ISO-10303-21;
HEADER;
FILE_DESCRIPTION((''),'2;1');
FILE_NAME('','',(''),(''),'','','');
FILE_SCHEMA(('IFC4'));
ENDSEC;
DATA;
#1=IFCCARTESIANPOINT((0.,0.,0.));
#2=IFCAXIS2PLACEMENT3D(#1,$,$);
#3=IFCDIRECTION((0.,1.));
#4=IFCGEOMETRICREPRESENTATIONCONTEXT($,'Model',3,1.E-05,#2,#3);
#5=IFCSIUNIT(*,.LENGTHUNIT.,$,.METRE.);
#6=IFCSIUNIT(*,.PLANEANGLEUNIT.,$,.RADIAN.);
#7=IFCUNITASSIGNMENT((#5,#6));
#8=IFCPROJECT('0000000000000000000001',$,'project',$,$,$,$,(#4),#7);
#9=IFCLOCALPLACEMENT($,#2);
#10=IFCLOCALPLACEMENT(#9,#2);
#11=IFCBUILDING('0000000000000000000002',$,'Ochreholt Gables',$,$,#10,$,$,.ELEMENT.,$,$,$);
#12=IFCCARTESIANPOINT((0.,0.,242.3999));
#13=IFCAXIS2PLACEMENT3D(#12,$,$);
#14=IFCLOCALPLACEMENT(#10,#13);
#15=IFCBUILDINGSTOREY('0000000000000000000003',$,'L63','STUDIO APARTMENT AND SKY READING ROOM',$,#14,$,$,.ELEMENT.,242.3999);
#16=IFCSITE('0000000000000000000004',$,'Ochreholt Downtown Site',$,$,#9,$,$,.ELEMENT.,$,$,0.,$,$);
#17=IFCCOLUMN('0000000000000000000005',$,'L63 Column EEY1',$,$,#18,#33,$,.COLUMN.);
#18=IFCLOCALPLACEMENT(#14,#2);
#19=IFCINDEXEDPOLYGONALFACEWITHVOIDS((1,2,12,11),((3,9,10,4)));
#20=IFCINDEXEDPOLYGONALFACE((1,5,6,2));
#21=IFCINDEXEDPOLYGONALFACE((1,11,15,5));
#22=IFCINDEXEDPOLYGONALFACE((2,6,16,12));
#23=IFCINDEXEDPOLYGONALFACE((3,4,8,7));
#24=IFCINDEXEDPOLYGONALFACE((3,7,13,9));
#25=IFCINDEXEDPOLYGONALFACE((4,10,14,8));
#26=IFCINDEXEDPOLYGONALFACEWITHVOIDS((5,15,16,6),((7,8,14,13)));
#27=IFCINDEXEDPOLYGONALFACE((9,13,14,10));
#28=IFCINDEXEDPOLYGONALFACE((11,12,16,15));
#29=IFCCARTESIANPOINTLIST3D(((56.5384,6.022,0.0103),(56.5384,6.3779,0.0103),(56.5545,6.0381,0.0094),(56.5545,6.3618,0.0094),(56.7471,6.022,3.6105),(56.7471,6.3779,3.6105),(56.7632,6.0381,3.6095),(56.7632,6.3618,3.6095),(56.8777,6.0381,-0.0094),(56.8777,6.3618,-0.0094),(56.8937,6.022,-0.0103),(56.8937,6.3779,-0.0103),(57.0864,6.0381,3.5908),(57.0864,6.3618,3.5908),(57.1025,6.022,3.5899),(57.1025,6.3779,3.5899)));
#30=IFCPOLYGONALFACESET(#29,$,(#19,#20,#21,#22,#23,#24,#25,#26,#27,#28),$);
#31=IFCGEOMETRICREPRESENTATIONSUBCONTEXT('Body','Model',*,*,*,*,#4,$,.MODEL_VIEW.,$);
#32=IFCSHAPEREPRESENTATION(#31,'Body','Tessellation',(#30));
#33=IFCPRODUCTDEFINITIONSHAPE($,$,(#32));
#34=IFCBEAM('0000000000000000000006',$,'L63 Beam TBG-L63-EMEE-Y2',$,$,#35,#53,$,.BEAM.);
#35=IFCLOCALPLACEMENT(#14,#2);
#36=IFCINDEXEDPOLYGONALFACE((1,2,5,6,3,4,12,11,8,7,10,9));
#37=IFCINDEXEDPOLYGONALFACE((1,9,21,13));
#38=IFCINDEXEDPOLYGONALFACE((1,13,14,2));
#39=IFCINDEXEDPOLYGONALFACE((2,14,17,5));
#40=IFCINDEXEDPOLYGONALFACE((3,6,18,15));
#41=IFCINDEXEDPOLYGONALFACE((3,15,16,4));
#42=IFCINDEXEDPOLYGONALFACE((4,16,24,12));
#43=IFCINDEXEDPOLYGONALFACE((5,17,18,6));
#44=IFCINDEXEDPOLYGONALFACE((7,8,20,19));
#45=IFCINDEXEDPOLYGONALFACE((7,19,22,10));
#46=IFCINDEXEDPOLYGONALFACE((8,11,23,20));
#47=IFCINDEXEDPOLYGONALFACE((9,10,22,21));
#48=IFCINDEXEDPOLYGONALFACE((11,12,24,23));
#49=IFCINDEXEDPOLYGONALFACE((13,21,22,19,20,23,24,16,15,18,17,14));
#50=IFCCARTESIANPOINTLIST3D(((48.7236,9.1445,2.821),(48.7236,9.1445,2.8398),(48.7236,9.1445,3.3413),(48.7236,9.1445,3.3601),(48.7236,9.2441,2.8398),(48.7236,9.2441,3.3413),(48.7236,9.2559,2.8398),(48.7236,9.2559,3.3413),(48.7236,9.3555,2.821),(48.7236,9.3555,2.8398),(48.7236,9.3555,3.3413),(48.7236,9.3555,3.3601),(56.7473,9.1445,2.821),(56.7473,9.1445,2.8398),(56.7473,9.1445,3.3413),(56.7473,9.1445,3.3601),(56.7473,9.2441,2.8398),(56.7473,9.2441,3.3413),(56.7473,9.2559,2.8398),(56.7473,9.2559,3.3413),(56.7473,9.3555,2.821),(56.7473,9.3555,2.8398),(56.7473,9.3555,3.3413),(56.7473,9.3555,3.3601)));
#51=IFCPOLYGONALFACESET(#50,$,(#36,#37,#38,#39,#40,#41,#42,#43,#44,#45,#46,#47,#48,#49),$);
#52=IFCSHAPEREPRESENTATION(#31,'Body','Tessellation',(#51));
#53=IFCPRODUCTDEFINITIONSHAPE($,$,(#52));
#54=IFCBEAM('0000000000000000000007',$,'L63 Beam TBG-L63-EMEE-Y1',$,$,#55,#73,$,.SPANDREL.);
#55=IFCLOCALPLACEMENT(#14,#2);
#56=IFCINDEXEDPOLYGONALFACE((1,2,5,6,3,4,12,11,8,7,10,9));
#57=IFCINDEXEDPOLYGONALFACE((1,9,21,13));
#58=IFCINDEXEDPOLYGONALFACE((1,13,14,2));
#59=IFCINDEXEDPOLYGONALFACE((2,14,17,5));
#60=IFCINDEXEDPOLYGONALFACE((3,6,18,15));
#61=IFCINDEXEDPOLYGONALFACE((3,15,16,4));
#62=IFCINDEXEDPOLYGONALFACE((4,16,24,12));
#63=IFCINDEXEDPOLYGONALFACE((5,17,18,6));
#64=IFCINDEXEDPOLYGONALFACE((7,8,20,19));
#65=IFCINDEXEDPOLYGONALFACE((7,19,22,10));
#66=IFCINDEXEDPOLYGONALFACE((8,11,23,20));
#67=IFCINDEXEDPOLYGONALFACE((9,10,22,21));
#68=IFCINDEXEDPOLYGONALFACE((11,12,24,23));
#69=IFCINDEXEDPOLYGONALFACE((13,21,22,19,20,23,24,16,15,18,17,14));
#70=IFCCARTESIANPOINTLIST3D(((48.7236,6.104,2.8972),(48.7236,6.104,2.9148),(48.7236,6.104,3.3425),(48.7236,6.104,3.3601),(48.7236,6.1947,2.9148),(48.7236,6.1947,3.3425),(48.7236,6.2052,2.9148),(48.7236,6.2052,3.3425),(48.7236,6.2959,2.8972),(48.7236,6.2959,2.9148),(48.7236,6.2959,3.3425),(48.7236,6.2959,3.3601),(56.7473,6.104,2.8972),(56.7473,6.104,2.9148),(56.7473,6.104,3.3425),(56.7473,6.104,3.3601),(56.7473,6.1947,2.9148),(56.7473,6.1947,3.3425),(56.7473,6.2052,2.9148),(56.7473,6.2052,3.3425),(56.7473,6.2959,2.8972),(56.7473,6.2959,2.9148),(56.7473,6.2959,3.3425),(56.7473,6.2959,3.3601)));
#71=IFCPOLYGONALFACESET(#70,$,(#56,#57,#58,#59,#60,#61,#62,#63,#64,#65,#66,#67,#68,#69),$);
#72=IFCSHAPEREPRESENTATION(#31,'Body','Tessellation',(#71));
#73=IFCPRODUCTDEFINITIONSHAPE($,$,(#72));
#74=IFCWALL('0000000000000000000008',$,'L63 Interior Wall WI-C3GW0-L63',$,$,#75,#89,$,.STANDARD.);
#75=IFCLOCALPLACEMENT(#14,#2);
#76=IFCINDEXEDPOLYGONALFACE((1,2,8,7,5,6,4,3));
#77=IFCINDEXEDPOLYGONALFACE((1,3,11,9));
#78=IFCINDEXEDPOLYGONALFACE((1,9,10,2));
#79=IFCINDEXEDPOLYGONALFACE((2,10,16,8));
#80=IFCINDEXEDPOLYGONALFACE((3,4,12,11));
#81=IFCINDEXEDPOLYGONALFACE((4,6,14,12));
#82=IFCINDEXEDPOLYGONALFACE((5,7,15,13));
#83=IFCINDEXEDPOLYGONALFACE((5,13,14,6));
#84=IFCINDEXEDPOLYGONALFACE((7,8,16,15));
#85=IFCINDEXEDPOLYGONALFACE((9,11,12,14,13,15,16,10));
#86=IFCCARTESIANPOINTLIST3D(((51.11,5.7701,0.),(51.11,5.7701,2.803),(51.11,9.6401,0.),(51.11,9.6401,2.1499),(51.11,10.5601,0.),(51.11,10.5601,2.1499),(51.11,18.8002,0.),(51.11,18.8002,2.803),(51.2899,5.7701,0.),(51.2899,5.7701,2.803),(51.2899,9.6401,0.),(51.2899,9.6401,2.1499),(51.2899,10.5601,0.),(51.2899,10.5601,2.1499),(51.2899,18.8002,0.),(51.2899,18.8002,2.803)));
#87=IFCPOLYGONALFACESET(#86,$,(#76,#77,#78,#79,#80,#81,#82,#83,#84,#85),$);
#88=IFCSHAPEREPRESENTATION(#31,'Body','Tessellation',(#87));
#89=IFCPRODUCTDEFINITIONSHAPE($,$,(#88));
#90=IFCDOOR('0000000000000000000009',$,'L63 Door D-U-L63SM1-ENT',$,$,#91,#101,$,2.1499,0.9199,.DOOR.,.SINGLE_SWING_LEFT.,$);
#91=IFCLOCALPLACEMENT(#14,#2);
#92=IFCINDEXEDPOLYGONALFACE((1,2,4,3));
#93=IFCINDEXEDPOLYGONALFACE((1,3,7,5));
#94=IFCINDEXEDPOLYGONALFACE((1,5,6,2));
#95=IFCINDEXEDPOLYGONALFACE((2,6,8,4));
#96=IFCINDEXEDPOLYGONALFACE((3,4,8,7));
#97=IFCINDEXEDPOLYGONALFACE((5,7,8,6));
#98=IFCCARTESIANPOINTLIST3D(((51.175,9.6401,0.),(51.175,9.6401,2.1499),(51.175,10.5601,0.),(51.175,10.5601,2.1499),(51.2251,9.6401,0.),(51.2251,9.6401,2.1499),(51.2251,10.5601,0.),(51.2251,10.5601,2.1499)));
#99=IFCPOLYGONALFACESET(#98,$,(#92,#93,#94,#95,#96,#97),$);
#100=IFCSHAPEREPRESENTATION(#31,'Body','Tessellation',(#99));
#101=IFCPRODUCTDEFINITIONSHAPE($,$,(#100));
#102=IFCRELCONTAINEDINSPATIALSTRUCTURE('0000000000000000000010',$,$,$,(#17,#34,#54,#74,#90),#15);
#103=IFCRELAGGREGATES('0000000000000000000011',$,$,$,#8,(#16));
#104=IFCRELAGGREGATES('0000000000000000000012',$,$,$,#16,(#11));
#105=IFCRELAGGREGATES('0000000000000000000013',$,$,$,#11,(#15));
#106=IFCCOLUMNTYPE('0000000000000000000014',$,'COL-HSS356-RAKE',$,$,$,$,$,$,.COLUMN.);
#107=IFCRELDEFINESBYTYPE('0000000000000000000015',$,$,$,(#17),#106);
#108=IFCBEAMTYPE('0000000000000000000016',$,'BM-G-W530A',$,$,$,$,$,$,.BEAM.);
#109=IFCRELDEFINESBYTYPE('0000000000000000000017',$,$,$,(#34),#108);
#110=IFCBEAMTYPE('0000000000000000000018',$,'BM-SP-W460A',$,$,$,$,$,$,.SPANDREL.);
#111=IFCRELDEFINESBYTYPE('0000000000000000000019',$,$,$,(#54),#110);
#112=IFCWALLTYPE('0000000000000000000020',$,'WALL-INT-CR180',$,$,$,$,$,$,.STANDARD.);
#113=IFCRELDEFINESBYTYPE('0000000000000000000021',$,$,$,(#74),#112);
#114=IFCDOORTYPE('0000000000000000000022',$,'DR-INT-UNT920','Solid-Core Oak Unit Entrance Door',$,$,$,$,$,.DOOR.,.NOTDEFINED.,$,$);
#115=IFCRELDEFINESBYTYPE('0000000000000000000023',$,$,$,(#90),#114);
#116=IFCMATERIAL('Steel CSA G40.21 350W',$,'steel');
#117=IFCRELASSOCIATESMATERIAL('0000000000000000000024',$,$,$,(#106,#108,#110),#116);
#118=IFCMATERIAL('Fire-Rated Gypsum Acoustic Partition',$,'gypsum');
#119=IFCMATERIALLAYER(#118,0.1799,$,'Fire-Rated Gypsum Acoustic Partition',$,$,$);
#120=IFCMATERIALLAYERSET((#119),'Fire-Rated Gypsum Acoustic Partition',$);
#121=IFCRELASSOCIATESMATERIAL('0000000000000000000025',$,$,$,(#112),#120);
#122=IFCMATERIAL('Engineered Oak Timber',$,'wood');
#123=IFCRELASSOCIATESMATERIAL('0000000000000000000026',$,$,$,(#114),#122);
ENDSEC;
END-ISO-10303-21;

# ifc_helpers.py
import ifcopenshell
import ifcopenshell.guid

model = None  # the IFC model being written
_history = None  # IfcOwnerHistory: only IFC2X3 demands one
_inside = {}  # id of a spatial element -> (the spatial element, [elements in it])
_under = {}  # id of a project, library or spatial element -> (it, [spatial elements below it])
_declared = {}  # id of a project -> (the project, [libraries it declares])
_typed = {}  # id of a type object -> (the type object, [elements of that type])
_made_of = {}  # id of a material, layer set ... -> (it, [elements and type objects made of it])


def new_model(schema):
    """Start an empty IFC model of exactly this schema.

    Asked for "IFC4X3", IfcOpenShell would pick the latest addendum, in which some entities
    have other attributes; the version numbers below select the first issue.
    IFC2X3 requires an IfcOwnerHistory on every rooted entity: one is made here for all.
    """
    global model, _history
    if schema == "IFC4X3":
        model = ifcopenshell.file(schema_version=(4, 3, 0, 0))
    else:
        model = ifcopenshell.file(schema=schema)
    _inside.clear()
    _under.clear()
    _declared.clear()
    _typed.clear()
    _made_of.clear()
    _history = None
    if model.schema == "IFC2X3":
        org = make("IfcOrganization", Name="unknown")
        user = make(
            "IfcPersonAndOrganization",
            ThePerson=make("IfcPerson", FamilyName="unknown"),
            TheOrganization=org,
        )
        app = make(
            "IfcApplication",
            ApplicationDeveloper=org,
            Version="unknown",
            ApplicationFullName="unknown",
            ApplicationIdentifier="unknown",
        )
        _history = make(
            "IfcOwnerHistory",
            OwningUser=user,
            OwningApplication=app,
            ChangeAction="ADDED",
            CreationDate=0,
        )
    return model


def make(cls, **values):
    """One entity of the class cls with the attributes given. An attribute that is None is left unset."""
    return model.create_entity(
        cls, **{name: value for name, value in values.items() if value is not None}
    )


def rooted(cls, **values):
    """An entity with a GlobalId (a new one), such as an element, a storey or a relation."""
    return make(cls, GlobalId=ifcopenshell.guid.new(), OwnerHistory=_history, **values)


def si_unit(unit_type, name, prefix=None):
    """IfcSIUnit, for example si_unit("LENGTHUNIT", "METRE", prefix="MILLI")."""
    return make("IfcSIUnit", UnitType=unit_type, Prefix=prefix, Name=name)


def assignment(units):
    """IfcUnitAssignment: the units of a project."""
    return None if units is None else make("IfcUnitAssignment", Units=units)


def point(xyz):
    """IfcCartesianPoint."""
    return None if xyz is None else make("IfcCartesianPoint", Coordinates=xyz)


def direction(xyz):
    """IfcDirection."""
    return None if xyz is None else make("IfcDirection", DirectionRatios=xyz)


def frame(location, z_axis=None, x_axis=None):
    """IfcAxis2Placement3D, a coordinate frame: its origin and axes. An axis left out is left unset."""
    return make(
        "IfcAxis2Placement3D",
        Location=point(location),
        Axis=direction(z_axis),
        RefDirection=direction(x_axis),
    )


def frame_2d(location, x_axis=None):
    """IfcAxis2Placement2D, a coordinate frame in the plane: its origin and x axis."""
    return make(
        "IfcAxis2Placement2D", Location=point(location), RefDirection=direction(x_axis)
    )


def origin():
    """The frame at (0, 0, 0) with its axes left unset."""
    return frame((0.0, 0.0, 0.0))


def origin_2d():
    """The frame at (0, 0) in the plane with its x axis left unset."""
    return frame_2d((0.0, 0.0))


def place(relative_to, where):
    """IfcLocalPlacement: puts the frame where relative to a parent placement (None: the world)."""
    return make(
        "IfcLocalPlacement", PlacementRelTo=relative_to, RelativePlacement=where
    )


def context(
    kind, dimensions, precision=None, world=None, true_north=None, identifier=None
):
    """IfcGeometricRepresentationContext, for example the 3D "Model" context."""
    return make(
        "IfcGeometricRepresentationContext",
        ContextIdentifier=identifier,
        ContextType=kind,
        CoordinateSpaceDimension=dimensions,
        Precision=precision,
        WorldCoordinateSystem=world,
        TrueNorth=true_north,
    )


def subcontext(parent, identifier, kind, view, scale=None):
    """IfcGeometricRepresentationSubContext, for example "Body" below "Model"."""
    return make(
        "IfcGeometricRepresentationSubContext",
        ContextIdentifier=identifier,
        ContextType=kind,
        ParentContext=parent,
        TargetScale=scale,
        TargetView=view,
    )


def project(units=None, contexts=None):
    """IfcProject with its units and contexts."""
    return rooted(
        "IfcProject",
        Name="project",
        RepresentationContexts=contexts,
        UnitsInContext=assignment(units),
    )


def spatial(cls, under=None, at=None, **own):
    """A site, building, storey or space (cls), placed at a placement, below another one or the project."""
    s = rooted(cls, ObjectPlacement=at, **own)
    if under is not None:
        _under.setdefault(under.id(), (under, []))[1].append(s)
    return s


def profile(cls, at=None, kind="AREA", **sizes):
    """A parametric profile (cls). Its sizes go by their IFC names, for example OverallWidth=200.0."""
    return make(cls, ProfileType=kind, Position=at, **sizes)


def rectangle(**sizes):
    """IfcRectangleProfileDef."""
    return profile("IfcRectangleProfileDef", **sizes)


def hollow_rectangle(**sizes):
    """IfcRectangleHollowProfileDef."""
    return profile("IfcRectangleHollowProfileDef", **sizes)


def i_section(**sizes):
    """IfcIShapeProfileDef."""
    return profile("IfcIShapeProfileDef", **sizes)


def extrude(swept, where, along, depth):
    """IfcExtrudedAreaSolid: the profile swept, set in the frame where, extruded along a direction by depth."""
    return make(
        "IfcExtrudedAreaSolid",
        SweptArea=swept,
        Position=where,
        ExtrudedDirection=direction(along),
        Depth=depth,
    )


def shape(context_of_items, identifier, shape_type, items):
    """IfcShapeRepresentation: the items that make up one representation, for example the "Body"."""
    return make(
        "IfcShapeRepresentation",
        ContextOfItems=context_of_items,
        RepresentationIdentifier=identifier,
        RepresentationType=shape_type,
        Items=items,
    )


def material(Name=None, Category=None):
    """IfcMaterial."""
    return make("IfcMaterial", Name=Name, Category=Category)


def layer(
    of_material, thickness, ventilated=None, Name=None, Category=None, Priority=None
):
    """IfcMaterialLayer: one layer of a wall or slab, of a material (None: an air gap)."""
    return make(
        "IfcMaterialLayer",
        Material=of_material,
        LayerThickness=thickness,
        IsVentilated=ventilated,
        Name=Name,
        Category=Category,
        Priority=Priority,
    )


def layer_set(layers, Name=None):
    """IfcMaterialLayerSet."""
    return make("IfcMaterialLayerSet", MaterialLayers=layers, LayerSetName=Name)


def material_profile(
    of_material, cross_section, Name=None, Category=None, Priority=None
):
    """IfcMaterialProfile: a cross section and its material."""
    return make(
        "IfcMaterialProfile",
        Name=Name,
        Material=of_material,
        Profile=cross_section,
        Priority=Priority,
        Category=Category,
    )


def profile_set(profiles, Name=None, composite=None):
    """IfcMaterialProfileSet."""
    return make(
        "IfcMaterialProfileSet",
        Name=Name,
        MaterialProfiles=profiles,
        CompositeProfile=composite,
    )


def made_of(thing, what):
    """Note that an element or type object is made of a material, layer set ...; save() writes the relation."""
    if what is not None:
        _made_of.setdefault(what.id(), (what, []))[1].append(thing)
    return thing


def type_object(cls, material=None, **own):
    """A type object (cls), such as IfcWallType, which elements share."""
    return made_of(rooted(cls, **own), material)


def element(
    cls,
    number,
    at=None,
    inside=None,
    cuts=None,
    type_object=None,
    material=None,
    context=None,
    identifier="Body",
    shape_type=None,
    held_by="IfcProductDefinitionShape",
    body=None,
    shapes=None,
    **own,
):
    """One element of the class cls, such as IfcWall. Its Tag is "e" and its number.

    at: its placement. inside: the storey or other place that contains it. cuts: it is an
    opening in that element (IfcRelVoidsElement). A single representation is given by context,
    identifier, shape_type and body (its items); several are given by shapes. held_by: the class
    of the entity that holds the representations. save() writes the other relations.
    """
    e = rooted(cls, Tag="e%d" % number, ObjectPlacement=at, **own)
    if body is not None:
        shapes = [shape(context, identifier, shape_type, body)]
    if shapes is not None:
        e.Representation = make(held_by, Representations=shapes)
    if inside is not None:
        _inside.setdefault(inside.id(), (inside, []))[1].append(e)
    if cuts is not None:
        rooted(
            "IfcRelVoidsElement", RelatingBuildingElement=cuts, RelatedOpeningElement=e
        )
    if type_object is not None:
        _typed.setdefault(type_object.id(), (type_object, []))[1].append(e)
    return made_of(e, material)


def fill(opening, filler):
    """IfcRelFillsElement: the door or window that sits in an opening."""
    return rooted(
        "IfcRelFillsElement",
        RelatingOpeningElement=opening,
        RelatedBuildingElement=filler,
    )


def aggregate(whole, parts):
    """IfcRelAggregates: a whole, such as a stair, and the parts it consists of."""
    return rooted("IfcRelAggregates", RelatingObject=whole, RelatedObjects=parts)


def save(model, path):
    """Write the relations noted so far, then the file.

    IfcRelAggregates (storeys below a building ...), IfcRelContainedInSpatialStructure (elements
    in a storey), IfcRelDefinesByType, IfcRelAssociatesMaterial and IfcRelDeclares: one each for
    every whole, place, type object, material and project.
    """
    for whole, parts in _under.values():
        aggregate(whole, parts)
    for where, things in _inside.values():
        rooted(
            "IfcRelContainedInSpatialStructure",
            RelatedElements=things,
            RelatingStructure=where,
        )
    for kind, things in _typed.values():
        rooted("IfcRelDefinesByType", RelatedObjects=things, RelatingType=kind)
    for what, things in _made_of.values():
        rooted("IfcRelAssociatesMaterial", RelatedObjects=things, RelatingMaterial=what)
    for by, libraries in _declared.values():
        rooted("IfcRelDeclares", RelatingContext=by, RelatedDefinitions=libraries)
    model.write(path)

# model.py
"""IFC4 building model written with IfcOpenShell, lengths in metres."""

from ifc_helpers import new_model, si_unit, direction, frame, frame_2d, origin, origin_2d, place, context, subcontext, project, spatial, rectangle, hollow_rectangle, i_section, extrude, material, layer, layer_set, material_profile, profile_set, type_object, element, fill, save


model = new_model("IFC4")

# Units and contexts
model_context = context("Model", 3, precision=1e-05, world=origin(), true_north=direction((0.0, 1.0)))
body_context = subcontext(model_context, "Body", "Model", "MODEL_VIEW")
ifc_project = project(units=[si_unit("LENGTHUNIT", "METRE"), si_unit("PLANEANGLEUNIT", "RADIAN")], contexts=[model_context])

# Site, building, storey
site_placement = place(None, origin())
site = spatial("IfcSite", under=ifc_project, at=site_placement, Name="Ochreholt Downtown Site", CompositionType="ELEMENT", RefElevation=0.0)
building_placement = place(site_placement, origin())
building = spatial("IfcBuilding", under=site, at=building_placement, Name="Ochreholt Gables", CompositionType="ELEMENT")
storey_placement = place(building_placement, frame((0.0, 0.0, 242.3999)))
storey = spatial("IfcBuildingStorey", under=building, at=storey_placement, Name="L63", Description="STUDIO APARTMENT AND SKY READING ROOM", CompositionType="ELEMENT", Elevation=242.3999)

# Column
ifc_material_1 = material(Name="Steel CSA G40.21 350W", Category="steel")
ifc_material_profile_1 = material_profile(ifc_material_1, hollow_rectangle(XDim=0.356, YDim=0.356, WallThickness=0.0161, at=origin_2d()), Name="HSS356X356X16")
ifc_profile_set_1 = profile_set([ifc_material_profile_1], Name="Steel CSA G40.21 350W")
column_type = type_object("IfcColumnType", Name="COL-HSS356-RAKE", PredefinedType="COLUMN", material=ifc_profile_set_1)
column_placement = place(storey_placement, frame((56.7161, 6.2, 0.0), z_axis=(0.057885, 0.0, 0.998323), x_axis=(0.0, 1.0, 0.0)))
element("IfcColumn", 1, at=column_placement, inside=storey, type_object=column_type, Name="L63 Column EEY1", PredefinedType="COLUMN", context=body_context, shape_type="SweptSolid", body=[
    extrude(hollow_rectangle(XDim=0.356, YDim=0.356, WallThickness=0.0161, at=origin_2d()), origin(), (0.0, 0.0, 1.0), 3.6062),
])

# Beams
ifc_material_profile_2 = material_profile(ifc_material_1, i_section(OverallWidth=0.2109, OverallDepth=0.5391, WebThickness=0.0117, FlangeThickness=0.0188, at=origin_2d()), Name="W530X109")
ifc_profile_set_2 = profile_set([ifc_material_profile_2], Name="Steel CSA G40.21 350W")
beam_type_1 = type_object("IfcBeamType", Name="BM-G-W530A", PredefinedType="BEAM", material=ifc_profile_set_2)
beam_1_placement = place(storey_placement, frame((48.7236, 9.25, 3.0906), z_axis=(1.0, 0.0, 0.0), x_axis=(0.0, 1.0, 0.0)))
element("IfcBeam", 2, at=beam_1_placement, inside=storey, type_object=beam_type_1, Name="L63 Beam TBG-L63-EMEE-Y2", PredefinedType="BEAM", context=body_context, shape_type="SweptSolid", body=[
    extrude(i_section(OverallWidth=0.2109, OverallDepth=0.5391, WebThickness=0.0117, FlangeThickness=0.0188, at=origin_2d()), origin(), (0.0, 0.0, 1.0), 8.0237),
])
ifc_material_profile_3 = material_profile(ifc_material_1, i_section(OverallWidth=0.1919, OverallDepth=0.4629, WebThickness=0.0105, FlangeThickness=0.0176, at=origin_2d()), Name="W460X89")
ifc_profile_set_3 = profile_set([ifc_material_profile_3], Name="Steel CSA G40.21 350W")
beam_type_2 = type_object("IfcBeamType", Name="BM-SP-W460A", PredefinedType="SPANDREL", material=ifc_profile_set_3)
beam_2_placement = place(storey_placement, frame((48.7236, 6.2, 3.1287), z_axis=(1.0, 0.0, 0.0), x_axis=(0.0, 1.0, 0.0)))
element("IfcBeam", 3, at=beam_2_placement, inside=storey, type_object=beam_type_2, Name="L63 Beam TBG-L63-EMEE-Y1", PredefinedType="SPANDREL", context=body_context, shape_type="SweptSolid", body=[
    extrude(i_section(OverallWidth=0.1919, OverallDepth=0.4629, WebThickness=0.0105, FlangeThickness=0.0176, at=origin_2d()), origin(), (0.0, 0.0, 1.0), 8.0237),
])

# Wall, opening, door
ifc_material_2 = material(Name="Fire-Rated Gypsum Acoustic Partition", Category="gypsum")
ifc_layer_1 = layer(ifc_material_2, 0.1799, Name="Fire-Rated Gypsum Acoustic Partition")
ifc_layer_set_1 = layer_set([ifc_layer_1], Name="Fire-Rated Gypsum Acoustic Partition")
wall_type_1 = type_object("IfcWallType", Name="WALL-INT-CR180", PredefinedType="STANDARD", material=ifc_layer_set_1)
wall_1_placement = place(storey_placement, frame((51.2, 5.77, 0.0), z_axis=(0.0, 0.0, 1.0), x_axis=(0.0, 1.0, 0.0)))
wall_1 = element("IfcWall", 4, at=wall_1_placement, inside=storey, type_object=wall_type_1, Name="L63 Interior Wall WI-C3GW0-L63", PredefinedType="STANDARD", context=body_context, shape_type="SweptSolid", body=[
    extrude(rectangle(XDim=13.03, YDim=0.1799, at=frame_2d((6.5151, 0.0))), origin(), (0.0, 0.0, 1.0), 2.803),
])
opening_1_placement = place(wall_1_placement, frame((3.8701, 0.0, 0.0)))
opening_1 = element("IfcOpeningElement", 5, at=opening_1_placement, cuts=wall_1, PredefinedType="OPENING", context=body_context, shape_type="SweptSolid", body=[
    extrude(rectangle(XDim=0.9199, YDim=2.1499, at=frame_2d((0.46, 1.075))), frame((0.0, 0.0999, 0.0), z_axis=(0.0, -1.0, 0.0), x_axis=(1.0, 0.0, 0.0)), (0.0, 0.0, 1.0), 0.2),
])
ifc_material_3 = material(Name="Engineered Oak Timber", Category="wood")
door_type = type_object("IfcDoorType", Name="DR-INT-UNT920", Description="Solid-Core Oak Unit Entrance Door", OperationType="NOTDEFINED", PredefinedType="DOOR", material=ifc_material_3)
door_1_placement = place(opening_1_placement, origin())
door_1 = element("IfcDoor", 6, at=door_1_placement, inside=storey, type_object=door_type, Name="L63 Door D-U-L63SM1-ENT", OperationType="SINGLE_SWING_LEFT", OverallHeight=2.1499, OverallWidth=0.9199, PredefinedType="DOOR", context=body_context, shape_type="SweptSolid", body=[
    extrude(rectangle(XDim=0.9199, YDim=2.1499, at=frame_2d((0.46, 1.075))), frame((0.0, 0.0249, 0.0), z_axis=(0.0, -1.0, 0.0), x_axis=(1.0, 0.0, 0.0)), (0.0, 0.0, 1.0), 0.05),
])
fill(opening_1, door_1)

save(model, "model.ifc")
